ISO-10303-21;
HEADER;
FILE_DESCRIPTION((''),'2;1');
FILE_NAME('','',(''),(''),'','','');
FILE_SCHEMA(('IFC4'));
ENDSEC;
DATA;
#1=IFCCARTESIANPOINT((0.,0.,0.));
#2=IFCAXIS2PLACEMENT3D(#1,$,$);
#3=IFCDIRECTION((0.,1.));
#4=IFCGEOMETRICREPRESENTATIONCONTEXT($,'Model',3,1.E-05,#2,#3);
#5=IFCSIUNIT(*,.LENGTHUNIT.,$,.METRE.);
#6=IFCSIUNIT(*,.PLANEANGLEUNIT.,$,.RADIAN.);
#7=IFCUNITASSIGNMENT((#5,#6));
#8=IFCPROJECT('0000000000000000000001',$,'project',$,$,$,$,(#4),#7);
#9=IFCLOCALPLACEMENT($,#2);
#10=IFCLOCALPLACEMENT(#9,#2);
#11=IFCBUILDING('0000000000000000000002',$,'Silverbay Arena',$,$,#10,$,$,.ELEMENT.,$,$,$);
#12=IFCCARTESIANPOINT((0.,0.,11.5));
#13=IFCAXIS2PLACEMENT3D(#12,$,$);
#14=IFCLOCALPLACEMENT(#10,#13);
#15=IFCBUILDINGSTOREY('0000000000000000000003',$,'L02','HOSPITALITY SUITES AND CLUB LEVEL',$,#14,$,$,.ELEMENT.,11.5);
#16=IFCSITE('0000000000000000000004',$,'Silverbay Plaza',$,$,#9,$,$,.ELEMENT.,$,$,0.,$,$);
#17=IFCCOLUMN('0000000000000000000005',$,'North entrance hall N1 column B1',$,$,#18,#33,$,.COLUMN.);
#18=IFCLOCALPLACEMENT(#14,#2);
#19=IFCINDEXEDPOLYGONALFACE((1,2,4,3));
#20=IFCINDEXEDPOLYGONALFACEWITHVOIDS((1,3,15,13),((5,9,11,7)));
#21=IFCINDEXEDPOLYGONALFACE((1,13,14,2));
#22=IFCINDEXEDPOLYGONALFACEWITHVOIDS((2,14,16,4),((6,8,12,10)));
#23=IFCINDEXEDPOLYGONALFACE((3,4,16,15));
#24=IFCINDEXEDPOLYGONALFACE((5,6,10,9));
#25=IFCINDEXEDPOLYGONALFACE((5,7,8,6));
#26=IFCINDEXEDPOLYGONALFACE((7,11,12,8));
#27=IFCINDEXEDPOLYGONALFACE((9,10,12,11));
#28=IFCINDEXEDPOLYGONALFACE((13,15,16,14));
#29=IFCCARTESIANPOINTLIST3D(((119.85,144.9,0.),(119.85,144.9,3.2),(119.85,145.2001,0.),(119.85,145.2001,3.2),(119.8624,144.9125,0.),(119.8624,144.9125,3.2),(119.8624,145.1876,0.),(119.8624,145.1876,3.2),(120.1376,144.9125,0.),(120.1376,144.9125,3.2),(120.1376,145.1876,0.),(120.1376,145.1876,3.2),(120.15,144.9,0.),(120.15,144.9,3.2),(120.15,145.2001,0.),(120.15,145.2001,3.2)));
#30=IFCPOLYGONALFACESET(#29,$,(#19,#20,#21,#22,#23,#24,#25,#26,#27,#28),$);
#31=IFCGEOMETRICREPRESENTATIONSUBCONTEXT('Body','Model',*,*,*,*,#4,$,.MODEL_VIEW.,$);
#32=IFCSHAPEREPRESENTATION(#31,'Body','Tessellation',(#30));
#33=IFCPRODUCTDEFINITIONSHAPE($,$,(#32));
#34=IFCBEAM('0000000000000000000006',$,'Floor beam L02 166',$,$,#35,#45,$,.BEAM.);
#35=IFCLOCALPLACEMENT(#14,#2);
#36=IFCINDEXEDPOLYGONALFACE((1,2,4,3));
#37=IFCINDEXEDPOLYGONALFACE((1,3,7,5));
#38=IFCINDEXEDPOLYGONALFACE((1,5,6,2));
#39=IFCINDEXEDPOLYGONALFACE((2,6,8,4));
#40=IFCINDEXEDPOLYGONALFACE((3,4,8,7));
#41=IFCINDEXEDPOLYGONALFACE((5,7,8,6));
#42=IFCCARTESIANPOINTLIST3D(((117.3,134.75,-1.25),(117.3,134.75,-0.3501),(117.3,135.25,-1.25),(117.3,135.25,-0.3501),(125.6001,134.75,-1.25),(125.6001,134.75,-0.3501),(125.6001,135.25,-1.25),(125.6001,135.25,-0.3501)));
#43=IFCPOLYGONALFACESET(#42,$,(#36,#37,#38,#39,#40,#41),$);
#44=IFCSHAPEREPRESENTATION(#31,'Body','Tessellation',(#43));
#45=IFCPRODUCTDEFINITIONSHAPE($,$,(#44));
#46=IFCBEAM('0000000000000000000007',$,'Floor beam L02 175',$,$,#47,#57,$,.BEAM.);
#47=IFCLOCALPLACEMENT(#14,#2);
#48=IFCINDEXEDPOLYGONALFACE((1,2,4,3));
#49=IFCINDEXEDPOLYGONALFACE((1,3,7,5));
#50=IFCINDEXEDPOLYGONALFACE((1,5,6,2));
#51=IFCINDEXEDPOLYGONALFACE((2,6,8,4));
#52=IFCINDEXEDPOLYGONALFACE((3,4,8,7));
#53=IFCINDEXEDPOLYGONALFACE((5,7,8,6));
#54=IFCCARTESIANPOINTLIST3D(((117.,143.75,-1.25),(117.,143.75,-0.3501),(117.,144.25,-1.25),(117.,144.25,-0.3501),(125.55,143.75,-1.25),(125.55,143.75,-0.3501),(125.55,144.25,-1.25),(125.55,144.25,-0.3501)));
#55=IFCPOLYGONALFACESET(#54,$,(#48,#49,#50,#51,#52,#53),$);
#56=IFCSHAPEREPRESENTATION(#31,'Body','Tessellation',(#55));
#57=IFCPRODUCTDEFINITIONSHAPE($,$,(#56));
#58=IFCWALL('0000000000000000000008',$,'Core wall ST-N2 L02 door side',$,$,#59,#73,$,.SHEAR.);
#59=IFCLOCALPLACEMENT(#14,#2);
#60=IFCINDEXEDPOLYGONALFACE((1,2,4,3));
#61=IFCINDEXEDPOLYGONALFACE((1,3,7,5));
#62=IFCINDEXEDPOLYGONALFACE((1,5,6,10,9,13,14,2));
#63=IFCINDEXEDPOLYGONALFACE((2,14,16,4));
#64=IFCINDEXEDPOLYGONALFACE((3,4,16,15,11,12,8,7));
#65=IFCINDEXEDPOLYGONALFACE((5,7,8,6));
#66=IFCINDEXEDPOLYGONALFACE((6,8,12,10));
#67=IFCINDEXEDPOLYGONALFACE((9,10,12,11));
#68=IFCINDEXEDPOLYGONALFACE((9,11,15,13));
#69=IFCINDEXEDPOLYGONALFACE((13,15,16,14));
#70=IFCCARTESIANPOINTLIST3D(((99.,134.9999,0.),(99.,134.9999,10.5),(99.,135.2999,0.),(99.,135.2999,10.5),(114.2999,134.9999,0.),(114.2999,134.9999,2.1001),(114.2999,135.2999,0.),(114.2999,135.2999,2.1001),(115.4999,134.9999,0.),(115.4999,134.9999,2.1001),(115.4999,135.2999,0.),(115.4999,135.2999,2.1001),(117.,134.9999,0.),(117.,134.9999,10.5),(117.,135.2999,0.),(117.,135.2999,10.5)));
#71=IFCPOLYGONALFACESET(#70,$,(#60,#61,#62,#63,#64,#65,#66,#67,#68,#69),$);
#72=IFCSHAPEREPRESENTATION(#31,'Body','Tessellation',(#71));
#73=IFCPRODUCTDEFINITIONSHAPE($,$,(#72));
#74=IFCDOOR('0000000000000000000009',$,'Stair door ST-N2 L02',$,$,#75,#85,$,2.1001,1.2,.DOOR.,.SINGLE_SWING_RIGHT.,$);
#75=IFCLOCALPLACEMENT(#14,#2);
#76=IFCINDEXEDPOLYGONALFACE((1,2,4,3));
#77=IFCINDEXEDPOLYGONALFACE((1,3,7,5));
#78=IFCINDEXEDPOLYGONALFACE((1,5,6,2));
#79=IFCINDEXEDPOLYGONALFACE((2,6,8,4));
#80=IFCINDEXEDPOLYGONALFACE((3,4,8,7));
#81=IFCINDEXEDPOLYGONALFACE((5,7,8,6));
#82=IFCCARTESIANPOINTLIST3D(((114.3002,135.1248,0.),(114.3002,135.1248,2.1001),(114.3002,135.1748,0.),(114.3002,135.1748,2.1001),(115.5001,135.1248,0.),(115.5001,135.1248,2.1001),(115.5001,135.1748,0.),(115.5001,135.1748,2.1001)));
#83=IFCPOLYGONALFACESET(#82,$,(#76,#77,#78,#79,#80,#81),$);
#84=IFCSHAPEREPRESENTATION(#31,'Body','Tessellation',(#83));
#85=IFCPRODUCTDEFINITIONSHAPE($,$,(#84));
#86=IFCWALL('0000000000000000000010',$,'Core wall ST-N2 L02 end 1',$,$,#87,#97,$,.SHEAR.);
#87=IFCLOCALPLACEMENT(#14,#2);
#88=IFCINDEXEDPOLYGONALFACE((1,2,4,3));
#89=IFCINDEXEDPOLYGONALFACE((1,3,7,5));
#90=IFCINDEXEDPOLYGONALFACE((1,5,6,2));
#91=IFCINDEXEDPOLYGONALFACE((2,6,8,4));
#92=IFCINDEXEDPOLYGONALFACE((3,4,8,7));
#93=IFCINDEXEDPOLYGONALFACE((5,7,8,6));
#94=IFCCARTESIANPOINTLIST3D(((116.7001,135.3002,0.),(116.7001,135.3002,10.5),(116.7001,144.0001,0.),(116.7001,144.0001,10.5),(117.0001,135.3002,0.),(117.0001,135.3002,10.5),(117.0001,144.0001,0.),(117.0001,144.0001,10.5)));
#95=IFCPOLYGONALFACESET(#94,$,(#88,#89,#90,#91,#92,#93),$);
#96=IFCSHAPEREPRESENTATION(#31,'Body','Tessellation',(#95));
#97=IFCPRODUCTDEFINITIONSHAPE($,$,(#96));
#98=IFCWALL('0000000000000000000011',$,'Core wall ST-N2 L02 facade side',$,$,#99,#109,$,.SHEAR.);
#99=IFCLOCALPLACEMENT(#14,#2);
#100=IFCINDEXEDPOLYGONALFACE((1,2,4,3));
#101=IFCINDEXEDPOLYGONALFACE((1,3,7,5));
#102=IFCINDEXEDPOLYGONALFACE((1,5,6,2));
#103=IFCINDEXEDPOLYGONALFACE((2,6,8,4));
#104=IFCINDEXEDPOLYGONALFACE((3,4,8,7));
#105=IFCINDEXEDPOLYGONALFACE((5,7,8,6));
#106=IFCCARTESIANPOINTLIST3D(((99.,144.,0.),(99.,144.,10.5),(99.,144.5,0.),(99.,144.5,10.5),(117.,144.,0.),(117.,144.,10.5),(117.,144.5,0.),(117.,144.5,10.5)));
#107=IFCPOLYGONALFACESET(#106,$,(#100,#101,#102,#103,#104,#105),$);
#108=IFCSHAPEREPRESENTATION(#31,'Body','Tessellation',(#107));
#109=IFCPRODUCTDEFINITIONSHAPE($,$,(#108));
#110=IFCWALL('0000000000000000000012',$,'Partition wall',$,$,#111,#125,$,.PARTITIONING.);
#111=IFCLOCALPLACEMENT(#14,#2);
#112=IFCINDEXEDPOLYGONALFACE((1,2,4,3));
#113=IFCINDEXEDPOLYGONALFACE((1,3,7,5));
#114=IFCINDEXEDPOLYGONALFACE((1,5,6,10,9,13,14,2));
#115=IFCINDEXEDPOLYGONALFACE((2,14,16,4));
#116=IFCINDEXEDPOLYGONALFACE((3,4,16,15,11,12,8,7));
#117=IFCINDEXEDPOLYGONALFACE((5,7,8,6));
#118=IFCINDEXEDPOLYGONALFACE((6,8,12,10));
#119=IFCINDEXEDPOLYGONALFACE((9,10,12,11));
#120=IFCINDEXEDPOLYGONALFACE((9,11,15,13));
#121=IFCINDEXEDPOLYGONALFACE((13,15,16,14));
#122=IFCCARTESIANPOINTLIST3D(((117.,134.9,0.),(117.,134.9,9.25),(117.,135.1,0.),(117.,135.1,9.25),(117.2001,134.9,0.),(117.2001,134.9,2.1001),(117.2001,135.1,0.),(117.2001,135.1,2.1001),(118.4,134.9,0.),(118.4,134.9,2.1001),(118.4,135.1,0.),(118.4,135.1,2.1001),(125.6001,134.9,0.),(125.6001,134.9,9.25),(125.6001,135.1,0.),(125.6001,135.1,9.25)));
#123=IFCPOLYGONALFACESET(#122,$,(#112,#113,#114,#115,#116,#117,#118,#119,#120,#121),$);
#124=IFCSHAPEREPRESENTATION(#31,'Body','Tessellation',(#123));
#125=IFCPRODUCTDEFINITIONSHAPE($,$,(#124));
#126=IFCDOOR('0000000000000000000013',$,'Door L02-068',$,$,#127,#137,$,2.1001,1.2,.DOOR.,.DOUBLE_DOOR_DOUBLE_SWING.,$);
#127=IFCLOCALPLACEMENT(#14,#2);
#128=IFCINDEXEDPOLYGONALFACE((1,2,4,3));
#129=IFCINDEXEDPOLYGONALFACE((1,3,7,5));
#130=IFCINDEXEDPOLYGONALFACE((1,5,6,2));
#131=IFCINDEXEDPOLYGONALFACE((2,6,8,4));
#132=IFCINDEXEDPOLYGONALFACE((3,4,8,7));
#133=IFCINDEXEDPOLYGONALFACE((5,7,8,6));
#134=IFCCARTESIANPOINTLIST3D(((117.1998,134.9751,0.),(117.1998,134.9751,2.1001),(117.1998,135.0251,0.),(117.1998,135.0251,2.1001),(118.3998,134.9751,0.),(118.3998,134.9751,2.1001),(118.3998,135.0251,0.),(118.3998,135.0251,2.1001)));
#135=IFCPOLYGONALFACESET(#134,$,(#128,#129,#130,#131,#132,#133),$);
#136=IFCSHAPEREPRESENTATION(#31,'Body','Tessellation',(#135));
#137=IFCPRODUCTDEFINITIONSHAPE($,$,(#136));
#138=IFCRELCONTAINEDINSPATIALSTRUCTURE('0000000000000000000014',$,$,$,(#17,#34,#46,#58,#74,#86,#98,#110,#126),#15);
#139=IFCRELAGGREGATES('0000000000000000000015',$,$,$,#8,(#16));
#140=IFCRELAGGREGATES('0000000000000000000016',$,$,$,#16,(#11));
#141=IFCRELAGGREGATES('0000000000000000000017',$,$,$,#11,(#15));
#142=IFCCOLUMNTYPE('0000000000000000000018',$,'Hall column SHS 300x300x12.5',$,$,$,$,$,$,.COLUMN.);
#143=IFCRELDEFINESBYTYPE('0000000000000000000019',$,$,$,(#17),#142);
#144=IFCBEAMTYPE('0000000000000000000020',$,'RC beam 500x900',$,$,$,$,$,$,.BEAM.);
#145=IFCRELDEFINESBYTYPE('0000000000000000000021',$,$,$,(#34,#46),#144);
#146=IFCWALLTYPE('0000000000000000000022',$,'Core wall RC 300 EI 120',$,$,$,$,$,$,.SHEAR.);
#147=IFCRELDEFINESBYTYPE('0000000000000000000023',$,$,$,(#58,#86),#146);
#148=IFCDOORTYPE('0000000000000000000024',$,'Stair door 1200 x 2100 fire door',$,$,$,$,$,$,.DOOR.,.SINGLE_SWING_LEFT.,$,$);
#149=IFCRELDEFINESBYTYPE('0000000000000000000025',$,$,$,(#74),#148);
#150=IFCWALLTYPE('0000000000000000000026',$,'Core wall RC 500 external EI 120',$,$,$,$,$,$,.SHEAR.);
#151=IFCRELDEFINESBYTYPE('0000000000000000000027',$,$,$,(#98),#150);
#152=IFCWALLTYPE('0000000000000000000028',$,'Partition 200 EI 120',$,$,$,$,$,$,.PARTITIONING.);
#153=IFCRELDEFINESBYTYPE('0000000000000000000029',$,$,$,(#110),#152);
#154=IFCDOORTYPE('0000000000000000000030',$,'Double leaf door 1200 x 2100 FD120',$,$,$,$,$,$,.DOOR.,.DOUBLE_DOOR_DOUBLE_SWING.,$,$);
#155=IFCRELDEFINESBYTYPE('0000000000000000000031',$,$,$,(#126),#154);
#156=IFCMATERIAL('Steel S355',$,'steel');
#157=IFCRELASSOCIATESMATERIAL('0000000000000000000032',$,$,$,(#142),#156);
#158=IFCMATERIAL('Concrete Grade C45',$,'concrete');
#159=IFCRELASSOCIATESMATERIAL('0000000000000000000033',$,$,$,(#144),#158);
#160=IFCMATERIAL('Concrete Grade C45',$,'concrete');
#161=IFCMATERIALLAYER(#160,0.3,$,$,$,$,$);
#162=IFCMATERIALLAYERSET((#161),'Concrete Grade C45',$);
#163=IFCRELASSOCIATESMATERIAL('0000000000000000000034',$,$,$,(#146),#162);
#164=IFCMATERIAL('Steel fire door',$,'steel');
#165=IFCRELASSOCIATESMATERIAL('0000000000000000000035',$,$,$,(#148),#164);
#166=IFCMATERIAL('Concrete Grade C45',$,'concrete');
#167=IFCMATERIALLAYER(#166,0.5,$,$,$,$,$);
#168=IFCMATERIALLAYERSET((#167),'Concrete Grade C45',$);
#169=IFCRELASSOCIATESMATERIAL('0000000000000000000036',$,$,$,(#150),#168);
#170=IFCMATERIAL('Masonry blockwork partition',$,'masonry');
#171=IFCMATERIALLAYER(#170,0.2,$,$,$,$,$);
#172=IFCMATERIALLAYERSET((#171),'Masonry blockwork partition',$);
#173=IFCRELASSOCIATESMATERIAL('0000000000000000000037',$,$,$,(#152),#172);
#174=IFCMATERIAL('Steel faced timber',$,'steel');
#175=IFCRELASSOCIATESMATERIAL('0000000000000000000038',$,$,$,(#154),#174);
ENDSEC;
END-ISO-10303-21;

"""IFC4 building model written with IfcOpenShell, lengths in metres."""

from ifc_helpers import new_model, si_unit, direction, frame, frame_2d, origin, origin_2d, place, context, subcontext, project, spatial, rectangle, hollow_rectangle, extrude, material, layer, layer_set, material_profile, profile_set, type_object, element, fill, save


model = new_model("IFC4")

# Units and contexts
model_context = context("Model", 3, precision=1e-05, world=origin(), true_north=direction((0.0, 1.0)))
body_context = subcontext(model_context, "Body", "Model", "MODEL_VIEW")
ifc_project = project(units=[si_unit("LENGTHUNIT", "METRE"), si_unit("PLANEANGLEUNIT", "RADIAN")], contexts=[model_context])

# Site, building, storey
site_placement = place(None, origin())
site = spatial("IfcSite", under=ifc_project, at=site_placement, Name="Silverbay Plaza", CompositionType="ELEMENT", RefElevation=0.0)
building_placement = place(site_placement, origin())
building = spatial("IfcBuilding", under=site, at=building_placement, Name="Silverbay Arena", CompositionType="ELEMENT")
storey_placement = place(building_placement, frame((0.0, 0.0, 11.5)))
storey = spatial("IfcBuildingStorey", under=building, at=storey_placement, Name="L02", Description="HOSPITALITY SUITES AND CLUB LEVEL", CompositionType="ELEMENT", Elevation=11.5)

# Column
ifc_material_1 = material(Name="Steel S355", Category="steel")
ifc_material_profile_1 = material_profile(ifc_material_1, hollow_rectangle(XDim=0.3, YDim=0.3, WallThickness=0.0125, at=origin_2d()), Name="SHS 300x300x12.5")
ifc_profile_set_1 = profile_set([ifc_material_profile_1], Name="Steel S355")
column_type = type_object("IfcColumnType", Name="Hall column SHS 300x300x12.5", PredefinedType="COLUMN", material=ifc_profile_set_1)
column_placement = place(storey_placement, frame((120.0, 145.05, 0.0), z_axis=(0.0, 0.0, 1.0), x_axis=(1.0, 0.0, 0.0)))
element("IfcColumn", 1, at=column_placement, inside=storey, type_object=column_type, Name="North entrance hall N1 column B1", PredefinedType="COLUMN", context=body_context, shape_type="SweptSolid", body=[
    extrude(hollow_rectangle(XDim=0.3, YDim=0.3, WallThickness=0.0125, at=origin_2d()), origin(), (0.0, 0.0, 1.0), 3.2),
])

# Beams
ifc_material_2 = material(Name="Concrete Grade C45", Category="concrete")
ifc_material_profile_2 = material_profile(ifc_material_2, rectangle(XDim=0.5, YDim=0.8999, at=origin_2d()), Name="RC 500x900")
ifc_profile_set_2 = profile_set([ifc_material_profile_2], Name="Concrete Grade C45")
beam_type = type_object("IfcBeamType", Name="RC beam 500x900", PredefinedType="BEAM", material=ifc_profile_set_2)
beam_1_placement = place(storey_placement, frame((117.3, 135.0, -0.8), z_axis=(1.0, 0.0, 0.0), x_axis=(0.0, 1.0, 0.0)))
element("IfcBeam", 2, at=beam_1_placement, inside=storey, type_object=beam_type, Name="Floor beam L02 166", PredefinedType="BEAM", context=body_context, shape_type="SweptSolid", body=[
    extrude(rectangle(XDim=0.5, YDim=0.8999, at=origin_2d()), origin(), (0.0, 0.0, 1.0), 8.3),
])
beam_2_placement = place(storey_placement, frame((117.0, 144.0, -0.8), z_axis=(1.0, 0.0, 0.0), x_axis=(0.0, 1.0, 0.0)))
element("IfcBeam", 3, at=beam_2_placement, inside=storey, type_object=beam_type, Name="Floor beam L02 175", PredefinedType="BEAM", context=body_context, shape_type="SweptSolid", body=[
    extrude(rectangle(XDim=0.5, YDim=0.8999, at=origin_2d()), origin(), (0.0, 0.0, 1.0), 8.55),
])

# Wall, opening, door
ifc_material_3 = material(Name="Concrete Grade C45", Category="concrete")
ifc_layer_1 = layer(ifc_material_3, 0.3)
ifc_layer_set_1 = layer_set([ifc_layer_1], Name="Concrete Grade C45")
wall_type_1 = type_object("IfcWallType", Name="Core wall RC 300 EI 120", PredefinedType="SHEAR", material=ifc_layer_set_1)
wall_1_placement = place(storey_placement, frame((117.0, 135.1499, 0.0), z_axis=(0.0, 0.0, 1.0), x_axis=(-1.0, 0.0, 0.0)))
wall_1 = element("IfcWall", 4, at=wall_1_placement, inside=storey, type_object=wall_type_1, Name="Core wall ST-N2 L02 door side", PredefinedType="SHEAR", context=body_context, shape_type="SweptSolid", body=[
    extrude(rectangle(XDim=18.0, YDim=0.3, at=frame_2d((9.0, 0.0))), origin(), (0.0, 0.0, 1.0), 10.5),
])
opening_1_placement = place(wall_1_placement, frame((1.5, 0.0, 0.0)))
opening_1 = element("IfcOpeningElement", 5, at=opening_1_placement, cuts=wall_1, PredefinedType="OPENING", context=body_context, shape_type="SweptSolid", body=[
    extrude(rectangle(XDim=1.2, YDim=2.1001, at=frame_2d((0.6001, 1.05))), frame((0.0, 0.1602, 0.0), z_axis=(0.0, -1.0, 0.0), x_axis=(1.0, 0.0, 0.0)), (0.0, 0.0, 1.0), 0.3201),
])
ifc_material_4 = material(Name="Steel fire door", Category="steel")
door_type_1 = type_object("IfcDoorType", Name="Stair door 1200 x 2100 fire door", OperationType="SINGLE_SWING_LEFT", PredefinedType="DOOR", material=ifc_material_4)
door_1_placement = place(opening_1_placement, frame((1.2, 0.0, 0.0), z_axis=(0.0, 0.0, 1.0), x_axis=(-1.0, 0.0, 0.0)))
door_1 = element("IfcDoor", 6, at=door_1_placement, inside=storey, type_object=door_type_1, Name="Stair door ST-N2 L02", OperationType="SINGLE_SWING_RIGHT", OverallHeight=2.1001, OverallWidth=1.2, PredefinedType="DOOR", context=body_context, shape_type="SweptSolid", body=[
    extrude(rectangle(XDim=1.2, YDim=2.1001, at=frame_2d((0.6001, 1.05))), frame((0.0, 0.0249, 0.0), z_axis=(0.0, -1.0, 0.0), x_axis=(1.0, 0.0, 0.0)), (0.0, 0.0, 1.0), 0.05),
])
fill(opening_1, door_1)

# Walls
wall_2_placement = place(storey_placement, frame((116.8501, 135.3, 0.0), z_axis=(0.0, 0.0, 1.0), x_axis=(0.0, 1.0, 0.0)))
element("IfcWall", 7, at=wall_2_placement, inside=storey, type_object=wall_type_1, Name="Core wall ST-N2 L02 end 1", PredefinedType="SHEAR", context=body_context, shape_type="SweptSolid", body=[
    extrude(rectangle(XDim=8.7, YDim=0.3, at=frame_2d((4.3501, 0.0))), origin(), (0.0, 0.0, 1.0), 10.5),
])
ifc_material_5 = material(Name="Concrete Grade C45", Category="concrete")
ifc_layer_2 = layer(ifc_material_5, 0.5)
ifc_layer_set_2 = layer_set([ifc_layer_2], Name="Concrete Grade C45")
wall_type_2 = type_object("IfcWallType", Name="Core wall RC 500 external EI 120", PredefinedType="SHEAR", material=ifc_layer_set_2)
wall_3_placement = place(storey_placement, frame((117.0, 144.25, 0.0), z_axis=(0.0, 0.0, 1.0), x_axis=(-1.0, 0.0, 0.0)))
element("IfcWall", 8, at=wall_3_placement, inside=storey, type_object=wall_type_2, Name="Core wall ST-N2 L02 facade side", PredefinedType="SHEAR", context=body_context, shape_type="SweptSolid", body=[
    extrude(rectangle(XDim=18.0, YDim=0.5, at=frame_2d((9.0, 0.0))), origin(), (0.0, 0.0, 1.0), 10.5),
])

# Wall, opening, door
ifc_material_6 = material(Name="Masonry blockwork partition", Category="masonry")
ifc_layer_3 = layer(ifc_material_6, 0.2)
ifc_layer_set_3 = layer_set([ifc_layer_3], Name="Masonry blockwork partition")
wall_type_3 = type_object("IfcWallType", Name="Partition 200 EI 120", PredefinedType="PARTITIONING", material=ifc_layer_set_3)
wall_4_placement = place(storey_placement, frame((117.0, 135.0, 0.0), z_axis=(0.0, 0.0, 1.0), x_axis=(1.0, 0.0, 0.0)))
wall_4 = element("IfcWall", 9, at=wall_4_placement, inside=storey, type_object=wall_type_3, Name="Partition wall", PredefinedType="PARTITIONING", context=body_context, shape_type="SweptSolid", body=[
    extrude(rectangle(XDim=8.6001, YDim=0.2, at=frame_2d((4.3, 0.0))), origin(), (0.0, 0.0, 1.0), 9.25),
])
opening_2_placement = place(wall_4_placement, frame((0.2, 0.0, 0.0)))
opening_2 = element("IfcOpeningElement", 10, at=opening_2_placement, cuts=wall_4, PredefinedType="OPENING", context=body_context, shape_type="SweptSolid", body=[
    extrude(rectangle(XDim=1.2, YDim=2.1001, at=frame_2d((0.6001, 1.05))), frame((0.0, 0.1099, 0.0), z_axis=(0.0, -1.0, 0.0), x_axis=(1.0, 0.0, 0.0)), (0.0, 0.0, 1.0), 0.22),
])
ifc_material_7 = material(Name="Steel faced timber", Category="steel")
door_type_2 = type_object("IfcDoorType", Name="Double leaf door 1200 x 2100 FD120", OperationType="DOUBLE_DOOR_DOUBLE_SWING", PredefinedType="DOOR", material=ifc_material_7)
door_2_placement = place(opening_2_placement, frame((1.2, 0.0, 0.0), z_axis=(0.0, 0.0, 1.0), x_axis=(-1.0, 0.0, 0.0)))
door_2 = element("IfcDoor", 11, at=door_2_placement, inside=storey, type_object=door_type_2, Name="Door L02-068", OperationType="DOUBLE_DOOR_DOUBLE_SWING", OverallHeight=2.1001, OverallWidth=1.2, PredefinedType="DOOR", context=body_context, shape_type="SweptSolid", body=[
    extrude(rectangle(XDim=1.2, YDim=2.1001, at=frame_2d((0.6001, 1.05))), frame((0.0, 0.0249, 0.0), z_axis=(0.0, -1.0, 0.0), x_axis=(1.0, 0.0, 0.0)), (0.0, 0.0, 1.0), 0.05),
])
fill(opening_2, door_2)

save(model, "model.ifc")
